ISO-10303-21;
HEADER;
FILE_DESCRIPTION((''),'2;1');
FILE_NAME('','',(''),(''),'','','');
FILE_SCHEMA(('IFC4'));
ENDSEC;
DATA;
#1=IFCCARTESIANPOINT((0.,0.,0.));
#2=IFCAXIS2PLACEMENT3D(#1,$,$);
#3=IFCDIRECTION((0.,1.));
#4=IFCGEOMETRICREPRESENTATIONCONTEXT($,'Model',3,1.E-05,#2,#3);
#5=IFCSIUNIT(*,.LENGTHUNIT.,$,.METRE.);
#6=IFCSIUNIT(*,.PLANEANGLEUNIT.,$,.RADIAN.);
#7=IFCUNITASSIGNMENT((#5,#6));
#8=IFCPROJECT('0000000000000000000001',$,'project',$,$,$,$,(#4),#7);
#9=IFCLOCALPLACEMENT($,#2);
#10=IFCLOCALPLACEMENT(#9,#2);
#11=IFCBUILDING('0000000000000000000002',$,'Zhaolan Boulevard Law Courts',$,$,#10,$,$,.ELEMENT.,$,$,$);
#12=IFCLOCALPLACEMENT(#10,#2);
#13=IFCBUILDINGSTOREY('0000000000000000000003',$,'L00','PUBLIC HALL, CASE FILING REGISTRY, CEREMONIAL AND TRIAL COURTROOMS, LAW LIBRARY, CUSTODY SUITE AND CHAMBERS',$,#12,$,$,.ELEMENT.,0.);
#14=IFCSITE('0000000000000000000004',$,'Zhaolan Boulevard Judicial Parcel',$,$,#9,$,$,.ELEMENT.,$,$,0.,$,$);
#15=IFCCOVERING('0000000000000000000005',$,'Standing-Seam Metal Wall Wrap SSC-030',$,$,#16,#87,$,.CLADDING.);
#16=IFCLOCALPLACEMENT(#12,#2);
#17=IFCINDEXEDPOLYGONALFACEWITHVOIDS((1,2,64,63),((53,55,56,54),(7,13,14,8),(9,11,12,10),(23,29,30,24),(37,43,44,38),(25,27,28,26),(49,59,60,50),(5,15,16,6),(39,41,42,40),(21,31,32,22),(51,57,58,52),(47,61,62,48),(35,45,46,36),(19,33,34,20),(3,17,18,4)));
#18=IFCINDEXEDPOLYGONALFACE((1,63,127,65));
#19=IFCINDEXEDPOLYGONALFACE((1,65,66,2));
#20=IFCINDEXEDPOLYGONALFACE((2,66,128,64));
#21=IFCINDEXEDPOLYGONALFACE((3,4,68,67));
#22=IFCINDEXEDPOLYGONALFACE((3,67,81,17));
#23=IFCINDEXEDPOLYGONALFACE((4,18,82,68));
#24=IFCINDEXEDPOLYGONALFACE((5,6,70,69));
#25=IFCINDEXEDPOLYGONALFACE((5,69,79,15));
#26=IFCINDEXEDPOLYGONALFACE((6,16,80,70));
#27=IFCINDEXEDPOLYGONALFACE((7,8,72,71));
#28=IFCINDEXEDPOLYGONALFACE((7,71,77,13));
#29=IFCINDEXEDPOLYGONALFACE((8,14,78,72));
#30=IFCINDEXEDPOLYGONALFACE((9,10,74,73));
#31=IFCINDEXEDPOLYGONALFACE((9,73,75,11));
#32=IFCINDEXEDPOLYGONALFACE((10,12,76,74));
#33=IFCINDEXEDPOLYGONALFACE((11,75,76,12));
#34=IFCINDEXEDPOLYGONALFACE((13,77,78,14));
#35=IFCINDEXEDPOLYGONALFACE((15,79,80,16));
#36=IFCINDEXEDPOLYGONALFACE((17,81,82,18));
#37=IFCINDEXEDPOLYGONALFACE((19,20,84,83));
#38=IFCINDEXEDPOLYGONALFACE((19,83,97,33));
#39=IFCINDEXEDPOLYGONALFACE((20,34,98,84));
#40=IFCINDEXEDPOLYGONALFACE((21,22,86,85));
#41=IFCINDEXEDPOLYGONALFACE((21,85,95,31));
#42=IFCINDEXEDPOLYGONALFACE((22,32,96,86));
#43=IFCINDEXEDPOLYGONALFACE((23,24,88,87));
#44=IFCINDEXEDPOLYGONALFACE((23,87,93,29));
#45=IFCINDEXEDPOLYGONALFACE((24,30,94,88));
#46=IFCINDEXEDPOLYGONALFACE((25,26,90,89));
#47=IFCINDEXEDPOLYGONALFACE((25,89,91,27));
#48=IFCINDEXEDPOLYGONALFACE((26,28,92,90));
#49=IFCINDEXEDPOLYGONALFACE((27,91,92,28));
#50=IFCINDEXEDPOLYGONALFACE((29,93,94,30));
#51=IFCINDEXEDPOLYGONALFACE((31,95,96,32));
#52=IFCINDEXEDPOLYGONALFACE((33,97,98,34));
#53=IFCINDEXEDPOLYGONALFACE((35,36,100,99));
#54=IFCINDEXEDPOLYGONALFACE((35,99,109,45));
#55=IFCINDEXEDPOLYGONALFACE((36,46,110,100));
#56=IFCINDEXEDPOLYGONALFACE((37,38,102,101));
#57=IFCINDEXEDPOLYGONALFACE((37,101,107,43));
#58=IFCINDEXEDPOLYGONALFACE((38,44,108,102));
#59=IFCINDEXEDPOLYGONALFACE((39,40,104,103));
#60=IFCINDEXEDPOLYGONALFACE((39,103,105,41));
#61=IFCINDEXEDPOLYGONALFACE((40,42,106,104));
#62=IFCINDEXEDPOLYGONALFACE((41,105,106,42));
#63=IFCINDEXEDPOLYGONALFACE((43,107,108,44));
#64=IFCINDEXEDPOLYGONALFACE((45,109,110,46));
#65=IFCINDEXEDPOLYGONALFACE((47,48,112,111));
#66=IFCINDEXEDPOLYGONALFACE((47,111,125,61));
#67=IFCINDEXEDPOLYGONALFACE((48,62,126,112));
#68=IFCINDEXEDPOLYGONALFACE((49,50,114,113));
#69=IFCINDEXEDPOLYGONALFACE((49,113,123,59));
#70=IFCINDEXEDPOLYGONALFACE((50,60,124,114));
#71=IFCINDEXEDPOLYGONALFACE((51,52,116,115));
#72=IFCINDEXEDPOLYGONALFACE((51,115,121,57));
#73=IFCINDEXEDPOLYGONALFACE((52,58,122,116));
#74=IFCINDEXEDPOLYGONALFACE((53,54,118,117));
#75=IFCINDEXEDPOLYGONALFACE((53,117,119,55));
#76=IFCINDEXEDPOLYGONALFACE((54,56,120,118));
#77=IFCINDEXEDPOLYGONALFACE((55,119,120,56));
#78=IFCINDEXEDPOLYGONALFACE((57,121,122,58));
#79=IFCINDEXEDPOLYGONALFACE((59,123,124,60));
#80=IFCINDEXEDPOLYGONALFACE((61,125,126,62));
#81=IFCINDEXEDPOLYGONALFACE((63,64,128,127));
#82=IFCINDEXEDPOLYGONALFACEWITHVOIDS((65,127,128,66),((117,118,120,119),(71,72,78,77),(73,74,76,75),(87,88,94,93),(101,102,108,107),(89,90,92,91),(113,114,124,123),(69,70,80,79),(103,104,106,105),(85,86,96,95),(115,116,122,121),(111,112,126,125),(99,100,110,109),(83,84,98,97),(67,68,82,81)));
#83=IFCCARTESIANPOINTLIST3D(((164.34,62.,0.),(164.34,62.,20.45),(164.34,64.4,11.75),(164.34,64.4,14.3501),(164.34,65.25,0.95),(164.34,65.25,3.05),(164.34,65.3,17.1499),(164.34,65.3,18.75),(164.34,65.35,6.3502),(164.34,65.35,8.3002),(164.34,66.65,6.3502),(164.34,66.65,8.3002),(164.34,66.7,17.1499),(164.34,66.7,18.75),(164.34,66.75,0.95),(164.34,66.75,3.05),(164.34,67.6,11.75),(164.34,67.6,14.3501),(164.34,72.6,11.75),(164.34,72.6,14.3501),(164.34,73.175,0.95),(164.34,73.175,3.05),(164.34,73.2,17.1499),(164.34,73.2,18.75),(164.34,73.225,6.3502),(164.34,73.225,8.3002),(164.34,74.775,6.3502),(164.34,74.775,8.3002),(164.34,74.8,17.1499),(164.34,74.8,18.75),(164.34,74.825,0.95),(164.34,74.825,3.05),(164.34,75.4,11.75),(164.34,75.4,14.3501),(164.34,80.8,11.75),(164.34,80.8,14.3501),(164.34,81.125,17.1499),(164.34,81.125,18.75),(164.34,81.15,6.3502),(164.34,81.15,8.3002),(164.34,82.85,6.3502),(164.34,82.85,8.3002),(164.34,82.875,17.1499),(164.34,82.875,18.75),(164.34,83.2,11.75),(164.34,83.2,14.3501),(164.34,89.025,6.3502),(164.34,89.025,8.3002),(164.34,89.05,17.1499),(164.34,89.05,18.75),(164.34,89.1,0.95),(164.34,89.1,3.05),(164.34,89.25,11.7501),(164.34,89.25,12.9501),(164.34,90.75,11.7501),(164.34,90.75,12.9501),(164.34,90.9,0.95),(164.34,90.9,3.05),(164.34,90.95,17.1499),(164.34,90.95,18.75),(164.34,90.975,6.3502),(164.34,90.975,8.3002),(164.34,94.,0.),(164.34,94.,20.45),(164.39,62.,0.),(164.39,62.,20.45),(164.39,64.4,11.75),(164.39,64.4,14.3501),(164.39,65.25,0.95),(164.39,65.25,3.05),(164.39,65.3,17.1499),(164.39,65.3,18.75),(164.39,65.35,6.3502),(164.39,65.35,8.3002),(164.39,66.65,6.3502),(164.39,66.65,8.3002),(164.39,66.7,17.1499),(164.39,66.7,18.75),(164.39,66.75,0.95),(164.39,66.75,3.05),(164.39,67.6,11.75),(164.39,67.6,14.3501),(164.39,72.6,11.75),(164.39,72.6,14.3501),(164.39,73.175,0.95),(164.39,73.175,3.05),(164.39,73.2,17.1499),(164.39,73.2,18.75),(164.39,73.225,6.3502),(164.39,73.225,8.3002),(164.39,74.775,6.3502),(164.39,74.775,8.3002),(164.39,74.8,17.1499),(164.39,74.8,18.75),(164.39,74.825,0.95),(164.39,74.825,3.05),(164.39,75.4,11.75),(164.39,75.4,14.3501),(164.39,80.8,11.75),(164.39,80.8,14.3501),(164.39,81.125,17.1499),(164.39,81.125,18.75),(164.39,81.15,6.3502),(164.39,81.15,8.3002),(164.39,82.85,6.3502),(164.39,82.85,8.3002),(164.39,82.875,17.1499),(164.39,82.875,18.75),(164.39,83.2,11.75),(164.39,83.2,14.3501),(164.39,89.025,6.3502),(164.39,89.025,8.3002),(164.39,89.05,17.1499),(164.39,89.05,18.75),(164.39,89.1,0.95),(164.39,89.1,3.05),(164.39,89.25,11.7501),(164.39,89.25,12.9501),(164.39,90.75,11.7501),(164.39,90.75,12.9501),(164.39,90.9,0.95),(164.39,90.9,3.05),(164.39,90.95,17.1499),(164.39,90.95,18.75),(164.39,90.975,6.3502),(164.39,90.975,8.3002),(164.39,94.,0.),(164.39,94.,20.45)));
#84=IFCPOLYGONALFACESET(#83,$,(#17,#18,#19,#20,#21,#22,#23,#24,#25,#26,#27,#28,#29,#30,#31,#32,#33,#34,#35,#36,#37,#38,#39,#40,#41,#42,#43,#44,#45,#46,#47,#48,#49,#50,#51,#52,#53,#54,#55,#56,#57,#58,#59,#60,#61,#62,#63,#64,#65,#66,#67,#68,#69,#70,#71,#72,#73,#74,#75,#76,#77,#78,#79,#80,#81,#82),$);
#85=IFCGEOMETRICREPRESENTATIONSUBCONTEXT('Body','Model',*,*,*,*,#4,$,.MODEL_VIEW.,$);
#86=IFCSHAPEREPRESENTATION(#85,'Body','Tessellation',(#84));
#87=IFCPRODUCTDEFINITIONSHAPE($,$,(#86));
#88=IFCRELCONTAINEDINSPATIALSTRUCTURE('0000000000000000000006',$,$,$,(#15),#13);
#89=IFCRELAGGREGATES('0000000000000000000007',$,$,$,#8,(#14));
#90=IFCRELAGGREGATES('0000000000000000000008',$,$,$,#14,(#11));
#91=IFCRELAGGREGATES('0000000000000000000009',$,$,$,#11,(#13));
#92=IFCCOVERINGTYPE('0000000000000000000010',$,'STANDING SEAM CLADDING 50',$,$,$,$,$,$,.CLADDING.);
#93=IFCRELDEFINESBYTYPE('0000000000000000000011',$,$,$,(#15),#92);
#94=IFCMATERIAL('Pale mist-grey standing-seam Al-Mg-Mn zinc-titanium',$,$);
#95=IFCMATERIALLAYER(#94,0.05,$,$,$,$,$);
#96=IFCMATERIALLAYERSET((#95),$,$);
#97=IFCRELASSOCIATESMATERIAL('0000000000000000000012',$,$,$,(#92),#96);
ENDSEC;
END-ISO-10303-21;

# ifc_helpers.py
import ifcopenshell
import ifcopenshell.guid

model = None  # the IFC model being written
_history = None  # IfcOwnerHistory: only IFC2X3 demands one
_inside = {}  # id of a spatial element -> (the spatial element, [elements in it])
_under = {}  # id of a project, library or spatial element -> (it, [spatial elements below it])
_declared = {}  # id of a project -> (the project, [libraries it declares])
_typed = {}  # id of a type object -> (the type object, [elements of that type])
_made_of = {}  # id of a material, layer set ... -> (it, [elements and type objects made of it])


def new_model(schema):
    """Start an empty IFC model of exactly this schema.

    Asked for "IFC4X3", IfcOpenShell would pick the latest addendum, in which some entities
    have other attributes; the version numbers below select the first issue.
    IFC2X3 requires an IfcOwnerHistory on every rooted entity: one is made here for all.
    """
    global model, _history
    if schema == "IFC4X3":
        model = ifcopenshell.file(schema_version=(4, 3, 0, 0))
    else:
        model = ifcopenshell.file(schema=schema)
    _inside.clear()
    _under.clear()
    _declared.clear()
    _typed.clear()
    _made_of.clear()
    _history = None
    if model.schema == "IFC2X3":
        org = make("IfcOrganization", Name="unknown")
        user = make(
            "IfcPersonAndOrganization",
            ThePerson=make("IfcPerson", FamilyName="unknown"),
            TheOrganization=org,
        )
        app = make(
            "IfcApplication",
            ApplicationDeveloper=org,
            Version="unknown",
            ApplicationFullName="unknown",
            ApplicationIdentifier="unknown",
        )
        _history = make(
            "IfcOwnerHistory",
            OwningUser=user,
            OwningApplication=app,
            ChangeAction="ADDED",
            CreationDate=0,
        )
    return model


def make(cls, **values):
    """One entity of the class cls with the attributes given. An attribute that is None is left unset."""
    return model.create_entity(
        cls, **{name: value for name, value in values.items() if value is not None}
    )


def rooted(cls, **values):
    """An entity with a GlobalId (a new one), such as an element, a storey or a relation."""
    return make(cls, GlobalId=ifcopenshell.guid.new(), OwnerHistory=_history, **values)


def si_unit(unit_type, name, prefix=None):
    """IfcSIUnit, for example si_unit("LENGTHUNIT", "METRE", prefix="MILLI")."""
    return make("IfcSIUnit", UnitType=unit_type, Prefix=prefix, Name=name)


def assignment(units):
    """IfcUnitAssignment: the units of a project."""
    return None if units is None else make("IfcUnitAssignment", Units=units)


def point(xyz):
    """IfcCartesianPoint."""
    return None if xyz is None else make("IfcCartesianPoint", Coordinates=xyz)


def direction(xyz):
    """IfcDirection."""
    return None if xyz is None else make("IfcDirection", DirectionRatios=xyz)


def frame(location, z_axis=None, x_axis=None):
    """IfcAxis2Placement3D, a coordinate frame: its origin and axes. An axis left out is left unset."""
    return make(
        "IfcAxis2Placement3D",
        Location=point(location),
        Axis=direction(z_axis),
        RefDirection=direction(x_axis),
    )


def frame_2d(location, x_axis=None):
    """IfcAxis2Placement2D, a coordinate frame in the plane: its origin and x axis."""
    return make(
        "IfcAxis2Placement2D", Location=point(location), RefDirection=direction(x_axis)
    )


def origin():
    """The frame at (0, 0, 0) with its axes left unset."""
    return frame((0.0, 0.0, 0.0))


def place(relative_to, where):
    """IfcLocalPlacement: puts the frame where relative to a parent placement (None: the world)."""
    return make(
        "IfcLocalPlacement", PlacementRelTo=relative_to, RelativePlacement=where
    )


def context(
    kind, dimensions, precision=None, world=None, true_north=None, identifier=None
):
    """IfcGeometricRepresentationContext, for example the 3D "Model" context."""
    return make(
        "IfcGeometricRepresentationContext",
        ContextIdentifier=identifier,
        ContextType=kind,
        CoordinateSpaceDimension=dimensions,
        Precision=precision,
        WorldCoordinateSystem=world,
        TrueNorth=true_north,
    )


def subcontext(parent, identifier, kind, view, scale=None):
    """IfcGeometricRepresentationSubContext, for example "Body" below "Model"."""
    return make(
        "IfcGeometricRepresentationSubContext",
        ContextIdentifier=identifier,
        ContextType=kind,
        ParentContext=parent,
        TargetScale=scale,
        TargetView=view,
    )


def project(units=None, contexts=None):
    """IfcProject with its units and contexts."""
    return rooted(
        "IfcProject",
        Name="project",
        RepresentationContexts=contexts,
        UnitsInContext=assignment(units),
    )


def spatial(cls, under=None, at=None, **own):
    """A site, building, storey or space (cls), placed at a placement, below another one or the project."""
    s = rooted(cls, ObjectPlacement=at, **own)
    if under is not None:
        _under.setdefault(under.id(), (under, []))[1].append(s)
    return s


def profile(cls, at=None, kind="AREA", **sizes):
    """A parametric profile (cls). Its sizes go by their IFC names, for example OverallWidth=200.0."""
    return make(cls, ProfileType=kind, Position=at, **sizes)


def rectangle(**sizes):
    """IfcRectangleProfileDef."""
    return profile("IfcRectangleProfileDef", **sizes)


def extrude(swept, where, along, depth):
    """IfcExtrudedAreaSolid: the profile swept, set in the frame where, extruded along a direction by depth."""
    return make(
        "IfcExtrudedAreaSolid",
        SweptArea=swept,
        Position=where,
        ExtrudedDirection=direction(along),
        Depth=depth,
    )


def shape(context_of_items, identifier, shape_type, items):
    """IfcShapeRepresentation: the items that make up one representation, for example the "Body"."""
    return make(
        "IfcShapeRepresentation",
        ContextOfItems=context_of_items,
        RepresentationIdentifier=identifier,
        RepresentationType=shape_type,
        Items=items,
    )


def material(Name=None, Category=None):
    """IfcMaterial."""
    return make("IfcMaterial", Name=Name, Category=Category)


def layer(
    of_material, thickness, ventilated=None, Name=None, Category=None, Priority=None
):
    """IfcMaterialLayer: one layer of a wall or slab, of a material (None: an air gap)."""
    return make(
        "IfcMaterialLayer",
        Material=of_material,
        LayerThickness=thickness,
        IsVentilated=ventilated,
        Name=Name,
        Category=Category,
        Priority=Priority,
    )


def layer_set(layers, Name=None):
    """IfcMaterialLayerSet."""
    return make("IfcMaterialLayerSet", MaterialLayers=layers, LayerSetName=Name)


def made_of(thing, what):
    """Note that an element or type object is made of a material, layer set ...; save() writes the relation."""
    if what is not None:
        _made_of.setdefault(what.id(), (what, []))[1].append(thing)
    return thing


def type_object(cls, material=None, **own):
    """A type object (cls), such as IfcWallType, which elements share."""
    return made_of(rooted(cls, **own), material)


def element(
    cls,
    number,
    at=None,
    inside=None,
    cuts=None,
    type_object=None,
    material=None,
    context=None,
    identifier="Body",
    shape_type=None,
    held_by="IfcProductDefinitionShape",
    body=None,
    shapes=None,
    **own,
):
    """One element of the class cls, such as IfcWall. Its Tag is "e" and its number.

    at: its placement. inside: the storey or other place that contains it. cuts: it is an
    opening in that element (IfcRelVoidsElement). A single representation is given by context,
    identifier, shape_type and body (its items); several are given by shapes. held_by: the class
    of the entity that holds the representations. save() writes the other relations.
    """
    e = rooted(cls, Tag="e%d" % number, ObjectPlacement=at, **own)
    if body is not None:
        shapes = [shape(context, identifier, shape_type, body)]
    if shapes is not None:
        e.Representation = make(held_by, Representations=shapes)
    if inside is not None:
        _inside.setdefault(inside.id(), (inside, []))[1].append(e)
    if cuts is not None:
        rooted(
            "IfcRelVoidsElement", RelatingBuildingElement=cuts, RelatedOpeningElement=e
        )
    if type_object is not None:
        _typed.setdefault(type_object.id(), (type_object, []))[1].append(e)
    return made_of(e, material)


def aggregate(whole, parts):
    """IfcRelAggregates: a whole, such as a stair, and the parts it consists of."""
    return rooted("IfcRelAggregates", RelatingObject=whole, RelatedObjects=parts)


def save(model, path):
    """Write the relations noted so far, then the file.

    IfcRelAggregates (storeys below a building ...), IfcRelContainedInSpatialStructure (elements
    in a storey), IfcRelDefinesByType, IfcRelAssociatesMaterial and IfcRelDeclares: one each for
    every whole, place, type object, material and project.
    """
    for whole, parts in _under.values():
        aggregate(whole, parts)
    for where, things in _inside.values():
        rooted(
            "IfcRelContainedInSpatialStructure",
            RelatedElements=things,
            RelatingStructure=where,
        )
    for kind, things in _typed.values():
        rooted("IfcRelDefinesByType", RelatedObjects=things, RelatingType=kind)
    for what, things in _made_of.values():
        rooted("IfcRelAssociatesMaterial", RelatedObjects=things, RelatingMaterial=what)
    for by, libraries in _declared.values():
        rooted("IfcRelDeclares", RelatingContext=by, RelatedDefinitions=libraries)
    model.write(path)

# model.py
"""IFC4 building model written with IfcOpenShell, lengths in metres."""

from ifc_helpers import new_model, si_unit, direction, frame, frame_2d, origin, place, context, subcontext, project, spatial, rectangle, extrude, material, layer, layer_set, type_object, element, save


model = new_model("IFC4")

# Units and contexts
model_context = context("Model", 3, precision=1e-05, world=origin(), true_north=direction((0.0, 1.0)))
body_context = subcontext(model_context, "Body", "Model", "MODEL_VIEW")
ifc_project = project(units=[si_unit("LENGTHUNIT", "METRE"), si_unit("PLANEANGLEUNIT", "RADIAN")], contexts=[model_context])

# Site, building, storey
site_placement = place(None, origin())
site = spatial("IfcSite", under=ifc_project, at=site_placement, Name="Zhaolan Boulevard Judicial Parcel", CompositionType="ELEMENT", RefElevation=0.0)
building_placement = place(site_placement, origin())
building = spatial("IfcBuilding", under=site, at=building_placement, Name="Zhaolan Boulevard Law Courts", CompositionType="ELEMENT")
storey_placement = place(building_placement, origin())
storey = spatial("IfcBuildingStorey", under=building, at=storey_placement, Name="L00", Description="PUBLIC HALL, CASE FILING REGISTRY, CEREMONIAL AND TRIAL COURTROOMS, LAW LIBRARY, CUSTODY SUITE AND CHAMBERS", CompositionType="ELEMENT", Elevation=0.0)

# Covering, openings
ifc_material_1 = material(Name="Pale mist-grey standing-seam Al-Mg-Mn zinc-titanium")
ifc_layer_1 = layer(ifc_material_1, 0.05)
ifc_layer_set_1 = layer_set([ifc_layer_1])
covering_type = type_object("IfcCoveringType", Name="STANDING SEAM CLADDING 50", PredefinedType="CLADDING", material=ifc_layer_set_1)
covering_placement = place(storey_placement, frame((164.365, 62.0, 0.0), z_axis=(0.0, 0.0, 1.0), x_axis=(0.0, 1.0, 0.0)))
covering = element("IfcCovering", 1, at=covering_placement, inside=storey, type_object=covering_type, Name="Standing-Seam Metal Wall Wrap SSC-030", PredefinedType="CLADDING", context=body_context, shape_type="SweptSolid", body=[
    extrude(rectangle(XDim=32.0, YDim=0.05, at=frame_2d((16.0, 0.0))), origin(), (0.0, 0.0, 1.0), 20.45),
])
opening_1_placement = place(storey_placement, frame((164.365, 65.25, 0.95), z_axis=(0.0, 0.0, 1.0), x_axis=(0.0, 1.0, 0.0)))
element("IfcOpeningElement", 2, at=opening_1_placement, cuts=covering, PredefinedType="OPENING", context=body_context, shape_type="SweptSolid", body=[
    extrude(rectangle(XDim=1.5, YDim=2.1001, at=frame_2d((0.75, 1.05))), frame((0.0, 0.1499, 0.0), z_axis=(0.0, -1.0, 0.0), x_axis=(1.0, 0.0, 0.0)), (0.0, 0.0, 1.0), 0.3),
])
opening_2_placement = place(storey_placement, frame((164.365, 73.175, 0.95), z_axis=(0.0, 0.0, 1.0), x_axis=(0.0, 1.0, 0.0)))
element("IfcOpeningElement", 3, at=opening_2_placement, cuts=covering, PredefinedType="OPENING", context=body_context, shape_type="SweptSolid", body=[
    extrude(rectangle(XDim=1.6499, YDim=2.1001, at=frame_2d((0.825, 1.05))), frame((0.0, 0.1499, 0.0), z_axis=(0.0, -1.0, 0.0), x_axis=(1.0, 0.0, 0.0)), (0.0, 0.0, 1.0), 0.3),
])
opening_3_placement = place(storey_placement, frame((164.365, 89.1001, 0.95), z_axis=(0.0, 0.0, 1.0), x_axis=(0.0, 1.0, 0.0)))
element("IfcOpeningElement", 4, at=opening_3_placement, cuts=covering, PredefinedType="OPENING", context=body_context, shape_type="SweptSolid", body=[
    extrude(rectangle(XDim=1.8, YDim=2.1001, at=frame_2d((0.8999, 1.05))), frame((0.0, 0.1499, 0.0), z_axis=(0.0, -1.0, 0.0), x_axis=(1.0, 0.0, 0.0)), (0.0, 0.0, 1.0), 0.3),
])
opening_4_placement = place(storey_placement, frame((164.365, 65.3501, 6.3501), z_axis=(0.0, 0.0, 1.0), x_axis=(0.0, 1.0, 0.0)))
element("IfcOpeningElement", 5, at=opening_4_placement, cuts=covering, PredefinedType="OPENING", context=body_context, shape_type="SweptSolid", body=[
    extrude(rectangle(XDim=1.3, YDim=1.95, at=frame_2d((0.6499, 0.9751))), frame((0.0, 0.1499, 0.0), z_axis=(0.0, -1.0, 0.0), x_axis=(1.0, 0.0, 0.0)), (0.0, 0.0, 1.0), 0.3),
])
opening_5_placement = place(storey_placement, frame((164.365, 73.2251, 6.3501), z_axis=(0.0, 0.0, 1.0), x_axis=(0.0, 1.0, 0.0)))
element("IfcOpeningElement", 6, at=opening_5_placement, cuts=covering, PredefinedType="OPENING", context=body_context, shape_type="SweptSolid", body=[
    extrude(rectangle(XDim=1.55, YDim=1.95, at=frame_2d((0.7749, 0.9751))), frame((0.0, 0.1499, 0.0), z_axis=(0.0, -1.0, 0.0), x_axis=(1.0, 0.0, 0.0)), (0.0, 0.0, 1.0), 0.3),
])
opening_6_placement = place(storey_placement, frame((164.365, 81.1499, 6.3501), z_axis=(0.0, 0.0, 1.0), x_axis=(0.0, 1.0, 0.0)))
element("IfcOpeningElement", 7, at=opening_6_placement, cuts=covering, PredefinedType="OPENING", context=body_context, shape_type="SweptSolid", body=[
    extrude(rectangle(XDim=1.7, YDim=1.95, at=frame_2d((0.8501, 0.9751))), frame((0.0, 0.1499, 0.0), z_axis=(0.0, -1.0, 0.0), x_axis=(1.0, 0.0, 0.0)), (0.0, 0.0, 1.0), 0.3),
])
opening_7_placement = place(storey_placement, frame((164.365, 89.0249, 6.3501), z_axis=(0.0, 0.0, 1.0), x_axis=(0.0, 1.0, 0.0)))
element("IfcOpeningElement", 8, at=opening_7_placement, cuts=covering, PredefinedType="OPENING", context=body_context, shape_type="SweptSolid", body=[
    extrude(rectangle(XDim=1.95, YDim=1.95, at=frame_2d((0.9751, 0.9751))), frame((0.0, 0.1499, 0.0), z_axis=(0.0, -1.0, 0.0), x_axis=(1.0, 0.0, 0.0)), (0.0, 0.0, 1.0), 0.3),
])
opening_8_placement = place(storey_placement, frame((164.365, 64.3999, 11.75), z_axis=(0.0, 0.0, 1.0), x_axis=(0.0, 1.0, 0.0)))
element("IfcOpeningElement", 9, at=opening_8_placement, cuts=covering, PredefinedType="OPENING", context=body_context, shape_type="SweptSolid", body=[
    extrude(rectangle(XDim=3.2, YDim=2.6001, at=frame_2d((1.6001, 1.3))), frame((0.0, 0.1499, 0.0), z_axis=(0.0, -1.0, 0.0), x_axis=(1.0, 0.0, 0.0)), (0.0, 0.0, 1.0), 0.3),
])
opening_9_placement = place(storey_placement, frame((164.365, 72.6001, 11.75), z_axis=(0.0, 0.0, 1.0), x_axis=(0.0, 1.0, 0.0)))
element("IfcOpeningElement", 10, at=opening_9_placement, cuts=covering, PredefinedType="OPENING", context=body_context, shape_type="SweptSolid", body=[
    extrude(rectangle(XDim=2.8, YDim=2.6001, at=frame_2d((1.3999, 1.3))), frame((0.0, 0.1499, 0.0), z_axis=(0.0, -1.0, 0.0), x_axis=(1.0, 0.0, 0.0)), (0.0, 0.0, 1.0), 0.3),
])
opening_10_placement = place(storey_placement, frame((164.365, 80.8, 11.75), z_axis=(0.0, 0.0, 1.0), x_axis=(0.0, 1.0, 0.0)))
element("IfcOpeningElement", 11, at=opening_10_placement, cuts=covering, PredefinedType="OPENING", context=body_context, shape_type="SweptSolid", body=[
    extrude(rectangle(XDim=2.3999, YDim=2.6001, at=frame_2d((1.2, 1.3))), frame((0.0, 0.1499, 0.0), z_axis=(0.0, -1.0, 0.0), x_axis=(1.0, 0.0, 0.0)), (0.0, 0.0, 1.0), 0.3),
])
opening_11_placement = place(storey_placement, frame((164.365, 89.25, 11.75), z_axis=(0.0, 0.0, 1.0), x_axis=(0.0, 1.0, 0.0)))
element("IfcOpeningElement", 12, at=opening_11_placement, cuts=covering, PredefinedType="OPENING", context=body_context, shape_type="SweptSolid", body=[
    extrude(rectangle(XDim=1.5, YDim=1.2, at=frame_2d((0.75, 0.6001))), frame((0.0, 0.1499, 0.0), z_axis=(0.0, -1.0, 0.0), x_axis=(1.0, 0.0, 0.0)), (0.0, 0.0, 1.0), 0.3),
])
opening_12_placement = place(storey_placement, frame((164.365, 65.3, 17.1499), z_axis=(0.0, 0.0, 1.0), x_axis=(0.0, 1.0, 0.0)))
element("IfcOpeningElement", 13, at=opening_12_placement, cuts=covering, PredefinedType="OPENING", context=body_context, shape_type="SweptSolid", body=[
    extrude(rectangle(XDim=1.3999, YDim=1.6001, at=frame_2d((0.7, 0.8))), frame((0.0, 0.1499, 0.0), z_axis=(0.0, -1.0, 0.0), x_axis=(1.0, 0.0, 0.0)), (0.0, 0.0, 1.0), 0.3),
])
opening_13_placement = place(storey_placement, frame((164.365, 73.2, 17.1499), z_axis=(0.0, 0.0, 1.0), x_axis=(0.0, 1.0, 0.0)))
element("IfcOpeningElement", 14, at=opening_13_placement, cuts=covering, PredefinedType="OPENING", context=body_context, shape_type="SweptSolid", body=[
    extrude(rectangle(XDim=1.6001, YDim=1.6001, at=frame_2d((0.8, 0.8))), frame((0.0, 0.1499, 0.0), z_axis=(0.0, -1.0, 0.0), x_axis=(1.0, 0.0, 0.0)), (0.0, 0.0, 1.0), 0.3),
])
opening_14_placement = place(storey_placement, frame((164.365, 81.125, 17.1499), z_axis=(0.0, 0.0, 1.0), x_axis=(0.0, 1.0, 0.0)))
element("IfcOpeningElement", 15, at=opening_14_placement, cuts=covering, PredefinedType="OPENING", context=body_context, shape_type="SweptSolid", body=[
    extrude(rectangle(XDim=1.75, YDim=1.6001, at=frame_2d((0.875, 0.8))), frame((0.0, 0.1499, 0.0), z_axis=(0.0, -1.0, 0.0), x_axis=(1.0, 0.0, 0.0)), (0.0, 0.0, 1.0), 0.3),
])
opening_15_placement = place(storey_placement, frame((164.365, 89.05, 17.1499), z_axis=(0.0, 0.0, 1.0), x_axis=(0.0, 1.0, 0.0)))
element("IfcOpeningElement", 16, at=opening_15_placement, cuts=covering, PredefinedType="OPENING", context=body_context, shape_type="SweptSolid", body=[
    extrude(rectangle(XDim=1.8999, YDim=1.6001, at=frame_2d((0.95, 0.8))), frame((0.0, 0.1499, 0.0), z_axis=(0.0, -1.0, 0.0), x_axis=(1.0, 0.0, 0.0)), (0.0, 0.0, 1.0), 0.3),
])

save(model, "model.ifc")
